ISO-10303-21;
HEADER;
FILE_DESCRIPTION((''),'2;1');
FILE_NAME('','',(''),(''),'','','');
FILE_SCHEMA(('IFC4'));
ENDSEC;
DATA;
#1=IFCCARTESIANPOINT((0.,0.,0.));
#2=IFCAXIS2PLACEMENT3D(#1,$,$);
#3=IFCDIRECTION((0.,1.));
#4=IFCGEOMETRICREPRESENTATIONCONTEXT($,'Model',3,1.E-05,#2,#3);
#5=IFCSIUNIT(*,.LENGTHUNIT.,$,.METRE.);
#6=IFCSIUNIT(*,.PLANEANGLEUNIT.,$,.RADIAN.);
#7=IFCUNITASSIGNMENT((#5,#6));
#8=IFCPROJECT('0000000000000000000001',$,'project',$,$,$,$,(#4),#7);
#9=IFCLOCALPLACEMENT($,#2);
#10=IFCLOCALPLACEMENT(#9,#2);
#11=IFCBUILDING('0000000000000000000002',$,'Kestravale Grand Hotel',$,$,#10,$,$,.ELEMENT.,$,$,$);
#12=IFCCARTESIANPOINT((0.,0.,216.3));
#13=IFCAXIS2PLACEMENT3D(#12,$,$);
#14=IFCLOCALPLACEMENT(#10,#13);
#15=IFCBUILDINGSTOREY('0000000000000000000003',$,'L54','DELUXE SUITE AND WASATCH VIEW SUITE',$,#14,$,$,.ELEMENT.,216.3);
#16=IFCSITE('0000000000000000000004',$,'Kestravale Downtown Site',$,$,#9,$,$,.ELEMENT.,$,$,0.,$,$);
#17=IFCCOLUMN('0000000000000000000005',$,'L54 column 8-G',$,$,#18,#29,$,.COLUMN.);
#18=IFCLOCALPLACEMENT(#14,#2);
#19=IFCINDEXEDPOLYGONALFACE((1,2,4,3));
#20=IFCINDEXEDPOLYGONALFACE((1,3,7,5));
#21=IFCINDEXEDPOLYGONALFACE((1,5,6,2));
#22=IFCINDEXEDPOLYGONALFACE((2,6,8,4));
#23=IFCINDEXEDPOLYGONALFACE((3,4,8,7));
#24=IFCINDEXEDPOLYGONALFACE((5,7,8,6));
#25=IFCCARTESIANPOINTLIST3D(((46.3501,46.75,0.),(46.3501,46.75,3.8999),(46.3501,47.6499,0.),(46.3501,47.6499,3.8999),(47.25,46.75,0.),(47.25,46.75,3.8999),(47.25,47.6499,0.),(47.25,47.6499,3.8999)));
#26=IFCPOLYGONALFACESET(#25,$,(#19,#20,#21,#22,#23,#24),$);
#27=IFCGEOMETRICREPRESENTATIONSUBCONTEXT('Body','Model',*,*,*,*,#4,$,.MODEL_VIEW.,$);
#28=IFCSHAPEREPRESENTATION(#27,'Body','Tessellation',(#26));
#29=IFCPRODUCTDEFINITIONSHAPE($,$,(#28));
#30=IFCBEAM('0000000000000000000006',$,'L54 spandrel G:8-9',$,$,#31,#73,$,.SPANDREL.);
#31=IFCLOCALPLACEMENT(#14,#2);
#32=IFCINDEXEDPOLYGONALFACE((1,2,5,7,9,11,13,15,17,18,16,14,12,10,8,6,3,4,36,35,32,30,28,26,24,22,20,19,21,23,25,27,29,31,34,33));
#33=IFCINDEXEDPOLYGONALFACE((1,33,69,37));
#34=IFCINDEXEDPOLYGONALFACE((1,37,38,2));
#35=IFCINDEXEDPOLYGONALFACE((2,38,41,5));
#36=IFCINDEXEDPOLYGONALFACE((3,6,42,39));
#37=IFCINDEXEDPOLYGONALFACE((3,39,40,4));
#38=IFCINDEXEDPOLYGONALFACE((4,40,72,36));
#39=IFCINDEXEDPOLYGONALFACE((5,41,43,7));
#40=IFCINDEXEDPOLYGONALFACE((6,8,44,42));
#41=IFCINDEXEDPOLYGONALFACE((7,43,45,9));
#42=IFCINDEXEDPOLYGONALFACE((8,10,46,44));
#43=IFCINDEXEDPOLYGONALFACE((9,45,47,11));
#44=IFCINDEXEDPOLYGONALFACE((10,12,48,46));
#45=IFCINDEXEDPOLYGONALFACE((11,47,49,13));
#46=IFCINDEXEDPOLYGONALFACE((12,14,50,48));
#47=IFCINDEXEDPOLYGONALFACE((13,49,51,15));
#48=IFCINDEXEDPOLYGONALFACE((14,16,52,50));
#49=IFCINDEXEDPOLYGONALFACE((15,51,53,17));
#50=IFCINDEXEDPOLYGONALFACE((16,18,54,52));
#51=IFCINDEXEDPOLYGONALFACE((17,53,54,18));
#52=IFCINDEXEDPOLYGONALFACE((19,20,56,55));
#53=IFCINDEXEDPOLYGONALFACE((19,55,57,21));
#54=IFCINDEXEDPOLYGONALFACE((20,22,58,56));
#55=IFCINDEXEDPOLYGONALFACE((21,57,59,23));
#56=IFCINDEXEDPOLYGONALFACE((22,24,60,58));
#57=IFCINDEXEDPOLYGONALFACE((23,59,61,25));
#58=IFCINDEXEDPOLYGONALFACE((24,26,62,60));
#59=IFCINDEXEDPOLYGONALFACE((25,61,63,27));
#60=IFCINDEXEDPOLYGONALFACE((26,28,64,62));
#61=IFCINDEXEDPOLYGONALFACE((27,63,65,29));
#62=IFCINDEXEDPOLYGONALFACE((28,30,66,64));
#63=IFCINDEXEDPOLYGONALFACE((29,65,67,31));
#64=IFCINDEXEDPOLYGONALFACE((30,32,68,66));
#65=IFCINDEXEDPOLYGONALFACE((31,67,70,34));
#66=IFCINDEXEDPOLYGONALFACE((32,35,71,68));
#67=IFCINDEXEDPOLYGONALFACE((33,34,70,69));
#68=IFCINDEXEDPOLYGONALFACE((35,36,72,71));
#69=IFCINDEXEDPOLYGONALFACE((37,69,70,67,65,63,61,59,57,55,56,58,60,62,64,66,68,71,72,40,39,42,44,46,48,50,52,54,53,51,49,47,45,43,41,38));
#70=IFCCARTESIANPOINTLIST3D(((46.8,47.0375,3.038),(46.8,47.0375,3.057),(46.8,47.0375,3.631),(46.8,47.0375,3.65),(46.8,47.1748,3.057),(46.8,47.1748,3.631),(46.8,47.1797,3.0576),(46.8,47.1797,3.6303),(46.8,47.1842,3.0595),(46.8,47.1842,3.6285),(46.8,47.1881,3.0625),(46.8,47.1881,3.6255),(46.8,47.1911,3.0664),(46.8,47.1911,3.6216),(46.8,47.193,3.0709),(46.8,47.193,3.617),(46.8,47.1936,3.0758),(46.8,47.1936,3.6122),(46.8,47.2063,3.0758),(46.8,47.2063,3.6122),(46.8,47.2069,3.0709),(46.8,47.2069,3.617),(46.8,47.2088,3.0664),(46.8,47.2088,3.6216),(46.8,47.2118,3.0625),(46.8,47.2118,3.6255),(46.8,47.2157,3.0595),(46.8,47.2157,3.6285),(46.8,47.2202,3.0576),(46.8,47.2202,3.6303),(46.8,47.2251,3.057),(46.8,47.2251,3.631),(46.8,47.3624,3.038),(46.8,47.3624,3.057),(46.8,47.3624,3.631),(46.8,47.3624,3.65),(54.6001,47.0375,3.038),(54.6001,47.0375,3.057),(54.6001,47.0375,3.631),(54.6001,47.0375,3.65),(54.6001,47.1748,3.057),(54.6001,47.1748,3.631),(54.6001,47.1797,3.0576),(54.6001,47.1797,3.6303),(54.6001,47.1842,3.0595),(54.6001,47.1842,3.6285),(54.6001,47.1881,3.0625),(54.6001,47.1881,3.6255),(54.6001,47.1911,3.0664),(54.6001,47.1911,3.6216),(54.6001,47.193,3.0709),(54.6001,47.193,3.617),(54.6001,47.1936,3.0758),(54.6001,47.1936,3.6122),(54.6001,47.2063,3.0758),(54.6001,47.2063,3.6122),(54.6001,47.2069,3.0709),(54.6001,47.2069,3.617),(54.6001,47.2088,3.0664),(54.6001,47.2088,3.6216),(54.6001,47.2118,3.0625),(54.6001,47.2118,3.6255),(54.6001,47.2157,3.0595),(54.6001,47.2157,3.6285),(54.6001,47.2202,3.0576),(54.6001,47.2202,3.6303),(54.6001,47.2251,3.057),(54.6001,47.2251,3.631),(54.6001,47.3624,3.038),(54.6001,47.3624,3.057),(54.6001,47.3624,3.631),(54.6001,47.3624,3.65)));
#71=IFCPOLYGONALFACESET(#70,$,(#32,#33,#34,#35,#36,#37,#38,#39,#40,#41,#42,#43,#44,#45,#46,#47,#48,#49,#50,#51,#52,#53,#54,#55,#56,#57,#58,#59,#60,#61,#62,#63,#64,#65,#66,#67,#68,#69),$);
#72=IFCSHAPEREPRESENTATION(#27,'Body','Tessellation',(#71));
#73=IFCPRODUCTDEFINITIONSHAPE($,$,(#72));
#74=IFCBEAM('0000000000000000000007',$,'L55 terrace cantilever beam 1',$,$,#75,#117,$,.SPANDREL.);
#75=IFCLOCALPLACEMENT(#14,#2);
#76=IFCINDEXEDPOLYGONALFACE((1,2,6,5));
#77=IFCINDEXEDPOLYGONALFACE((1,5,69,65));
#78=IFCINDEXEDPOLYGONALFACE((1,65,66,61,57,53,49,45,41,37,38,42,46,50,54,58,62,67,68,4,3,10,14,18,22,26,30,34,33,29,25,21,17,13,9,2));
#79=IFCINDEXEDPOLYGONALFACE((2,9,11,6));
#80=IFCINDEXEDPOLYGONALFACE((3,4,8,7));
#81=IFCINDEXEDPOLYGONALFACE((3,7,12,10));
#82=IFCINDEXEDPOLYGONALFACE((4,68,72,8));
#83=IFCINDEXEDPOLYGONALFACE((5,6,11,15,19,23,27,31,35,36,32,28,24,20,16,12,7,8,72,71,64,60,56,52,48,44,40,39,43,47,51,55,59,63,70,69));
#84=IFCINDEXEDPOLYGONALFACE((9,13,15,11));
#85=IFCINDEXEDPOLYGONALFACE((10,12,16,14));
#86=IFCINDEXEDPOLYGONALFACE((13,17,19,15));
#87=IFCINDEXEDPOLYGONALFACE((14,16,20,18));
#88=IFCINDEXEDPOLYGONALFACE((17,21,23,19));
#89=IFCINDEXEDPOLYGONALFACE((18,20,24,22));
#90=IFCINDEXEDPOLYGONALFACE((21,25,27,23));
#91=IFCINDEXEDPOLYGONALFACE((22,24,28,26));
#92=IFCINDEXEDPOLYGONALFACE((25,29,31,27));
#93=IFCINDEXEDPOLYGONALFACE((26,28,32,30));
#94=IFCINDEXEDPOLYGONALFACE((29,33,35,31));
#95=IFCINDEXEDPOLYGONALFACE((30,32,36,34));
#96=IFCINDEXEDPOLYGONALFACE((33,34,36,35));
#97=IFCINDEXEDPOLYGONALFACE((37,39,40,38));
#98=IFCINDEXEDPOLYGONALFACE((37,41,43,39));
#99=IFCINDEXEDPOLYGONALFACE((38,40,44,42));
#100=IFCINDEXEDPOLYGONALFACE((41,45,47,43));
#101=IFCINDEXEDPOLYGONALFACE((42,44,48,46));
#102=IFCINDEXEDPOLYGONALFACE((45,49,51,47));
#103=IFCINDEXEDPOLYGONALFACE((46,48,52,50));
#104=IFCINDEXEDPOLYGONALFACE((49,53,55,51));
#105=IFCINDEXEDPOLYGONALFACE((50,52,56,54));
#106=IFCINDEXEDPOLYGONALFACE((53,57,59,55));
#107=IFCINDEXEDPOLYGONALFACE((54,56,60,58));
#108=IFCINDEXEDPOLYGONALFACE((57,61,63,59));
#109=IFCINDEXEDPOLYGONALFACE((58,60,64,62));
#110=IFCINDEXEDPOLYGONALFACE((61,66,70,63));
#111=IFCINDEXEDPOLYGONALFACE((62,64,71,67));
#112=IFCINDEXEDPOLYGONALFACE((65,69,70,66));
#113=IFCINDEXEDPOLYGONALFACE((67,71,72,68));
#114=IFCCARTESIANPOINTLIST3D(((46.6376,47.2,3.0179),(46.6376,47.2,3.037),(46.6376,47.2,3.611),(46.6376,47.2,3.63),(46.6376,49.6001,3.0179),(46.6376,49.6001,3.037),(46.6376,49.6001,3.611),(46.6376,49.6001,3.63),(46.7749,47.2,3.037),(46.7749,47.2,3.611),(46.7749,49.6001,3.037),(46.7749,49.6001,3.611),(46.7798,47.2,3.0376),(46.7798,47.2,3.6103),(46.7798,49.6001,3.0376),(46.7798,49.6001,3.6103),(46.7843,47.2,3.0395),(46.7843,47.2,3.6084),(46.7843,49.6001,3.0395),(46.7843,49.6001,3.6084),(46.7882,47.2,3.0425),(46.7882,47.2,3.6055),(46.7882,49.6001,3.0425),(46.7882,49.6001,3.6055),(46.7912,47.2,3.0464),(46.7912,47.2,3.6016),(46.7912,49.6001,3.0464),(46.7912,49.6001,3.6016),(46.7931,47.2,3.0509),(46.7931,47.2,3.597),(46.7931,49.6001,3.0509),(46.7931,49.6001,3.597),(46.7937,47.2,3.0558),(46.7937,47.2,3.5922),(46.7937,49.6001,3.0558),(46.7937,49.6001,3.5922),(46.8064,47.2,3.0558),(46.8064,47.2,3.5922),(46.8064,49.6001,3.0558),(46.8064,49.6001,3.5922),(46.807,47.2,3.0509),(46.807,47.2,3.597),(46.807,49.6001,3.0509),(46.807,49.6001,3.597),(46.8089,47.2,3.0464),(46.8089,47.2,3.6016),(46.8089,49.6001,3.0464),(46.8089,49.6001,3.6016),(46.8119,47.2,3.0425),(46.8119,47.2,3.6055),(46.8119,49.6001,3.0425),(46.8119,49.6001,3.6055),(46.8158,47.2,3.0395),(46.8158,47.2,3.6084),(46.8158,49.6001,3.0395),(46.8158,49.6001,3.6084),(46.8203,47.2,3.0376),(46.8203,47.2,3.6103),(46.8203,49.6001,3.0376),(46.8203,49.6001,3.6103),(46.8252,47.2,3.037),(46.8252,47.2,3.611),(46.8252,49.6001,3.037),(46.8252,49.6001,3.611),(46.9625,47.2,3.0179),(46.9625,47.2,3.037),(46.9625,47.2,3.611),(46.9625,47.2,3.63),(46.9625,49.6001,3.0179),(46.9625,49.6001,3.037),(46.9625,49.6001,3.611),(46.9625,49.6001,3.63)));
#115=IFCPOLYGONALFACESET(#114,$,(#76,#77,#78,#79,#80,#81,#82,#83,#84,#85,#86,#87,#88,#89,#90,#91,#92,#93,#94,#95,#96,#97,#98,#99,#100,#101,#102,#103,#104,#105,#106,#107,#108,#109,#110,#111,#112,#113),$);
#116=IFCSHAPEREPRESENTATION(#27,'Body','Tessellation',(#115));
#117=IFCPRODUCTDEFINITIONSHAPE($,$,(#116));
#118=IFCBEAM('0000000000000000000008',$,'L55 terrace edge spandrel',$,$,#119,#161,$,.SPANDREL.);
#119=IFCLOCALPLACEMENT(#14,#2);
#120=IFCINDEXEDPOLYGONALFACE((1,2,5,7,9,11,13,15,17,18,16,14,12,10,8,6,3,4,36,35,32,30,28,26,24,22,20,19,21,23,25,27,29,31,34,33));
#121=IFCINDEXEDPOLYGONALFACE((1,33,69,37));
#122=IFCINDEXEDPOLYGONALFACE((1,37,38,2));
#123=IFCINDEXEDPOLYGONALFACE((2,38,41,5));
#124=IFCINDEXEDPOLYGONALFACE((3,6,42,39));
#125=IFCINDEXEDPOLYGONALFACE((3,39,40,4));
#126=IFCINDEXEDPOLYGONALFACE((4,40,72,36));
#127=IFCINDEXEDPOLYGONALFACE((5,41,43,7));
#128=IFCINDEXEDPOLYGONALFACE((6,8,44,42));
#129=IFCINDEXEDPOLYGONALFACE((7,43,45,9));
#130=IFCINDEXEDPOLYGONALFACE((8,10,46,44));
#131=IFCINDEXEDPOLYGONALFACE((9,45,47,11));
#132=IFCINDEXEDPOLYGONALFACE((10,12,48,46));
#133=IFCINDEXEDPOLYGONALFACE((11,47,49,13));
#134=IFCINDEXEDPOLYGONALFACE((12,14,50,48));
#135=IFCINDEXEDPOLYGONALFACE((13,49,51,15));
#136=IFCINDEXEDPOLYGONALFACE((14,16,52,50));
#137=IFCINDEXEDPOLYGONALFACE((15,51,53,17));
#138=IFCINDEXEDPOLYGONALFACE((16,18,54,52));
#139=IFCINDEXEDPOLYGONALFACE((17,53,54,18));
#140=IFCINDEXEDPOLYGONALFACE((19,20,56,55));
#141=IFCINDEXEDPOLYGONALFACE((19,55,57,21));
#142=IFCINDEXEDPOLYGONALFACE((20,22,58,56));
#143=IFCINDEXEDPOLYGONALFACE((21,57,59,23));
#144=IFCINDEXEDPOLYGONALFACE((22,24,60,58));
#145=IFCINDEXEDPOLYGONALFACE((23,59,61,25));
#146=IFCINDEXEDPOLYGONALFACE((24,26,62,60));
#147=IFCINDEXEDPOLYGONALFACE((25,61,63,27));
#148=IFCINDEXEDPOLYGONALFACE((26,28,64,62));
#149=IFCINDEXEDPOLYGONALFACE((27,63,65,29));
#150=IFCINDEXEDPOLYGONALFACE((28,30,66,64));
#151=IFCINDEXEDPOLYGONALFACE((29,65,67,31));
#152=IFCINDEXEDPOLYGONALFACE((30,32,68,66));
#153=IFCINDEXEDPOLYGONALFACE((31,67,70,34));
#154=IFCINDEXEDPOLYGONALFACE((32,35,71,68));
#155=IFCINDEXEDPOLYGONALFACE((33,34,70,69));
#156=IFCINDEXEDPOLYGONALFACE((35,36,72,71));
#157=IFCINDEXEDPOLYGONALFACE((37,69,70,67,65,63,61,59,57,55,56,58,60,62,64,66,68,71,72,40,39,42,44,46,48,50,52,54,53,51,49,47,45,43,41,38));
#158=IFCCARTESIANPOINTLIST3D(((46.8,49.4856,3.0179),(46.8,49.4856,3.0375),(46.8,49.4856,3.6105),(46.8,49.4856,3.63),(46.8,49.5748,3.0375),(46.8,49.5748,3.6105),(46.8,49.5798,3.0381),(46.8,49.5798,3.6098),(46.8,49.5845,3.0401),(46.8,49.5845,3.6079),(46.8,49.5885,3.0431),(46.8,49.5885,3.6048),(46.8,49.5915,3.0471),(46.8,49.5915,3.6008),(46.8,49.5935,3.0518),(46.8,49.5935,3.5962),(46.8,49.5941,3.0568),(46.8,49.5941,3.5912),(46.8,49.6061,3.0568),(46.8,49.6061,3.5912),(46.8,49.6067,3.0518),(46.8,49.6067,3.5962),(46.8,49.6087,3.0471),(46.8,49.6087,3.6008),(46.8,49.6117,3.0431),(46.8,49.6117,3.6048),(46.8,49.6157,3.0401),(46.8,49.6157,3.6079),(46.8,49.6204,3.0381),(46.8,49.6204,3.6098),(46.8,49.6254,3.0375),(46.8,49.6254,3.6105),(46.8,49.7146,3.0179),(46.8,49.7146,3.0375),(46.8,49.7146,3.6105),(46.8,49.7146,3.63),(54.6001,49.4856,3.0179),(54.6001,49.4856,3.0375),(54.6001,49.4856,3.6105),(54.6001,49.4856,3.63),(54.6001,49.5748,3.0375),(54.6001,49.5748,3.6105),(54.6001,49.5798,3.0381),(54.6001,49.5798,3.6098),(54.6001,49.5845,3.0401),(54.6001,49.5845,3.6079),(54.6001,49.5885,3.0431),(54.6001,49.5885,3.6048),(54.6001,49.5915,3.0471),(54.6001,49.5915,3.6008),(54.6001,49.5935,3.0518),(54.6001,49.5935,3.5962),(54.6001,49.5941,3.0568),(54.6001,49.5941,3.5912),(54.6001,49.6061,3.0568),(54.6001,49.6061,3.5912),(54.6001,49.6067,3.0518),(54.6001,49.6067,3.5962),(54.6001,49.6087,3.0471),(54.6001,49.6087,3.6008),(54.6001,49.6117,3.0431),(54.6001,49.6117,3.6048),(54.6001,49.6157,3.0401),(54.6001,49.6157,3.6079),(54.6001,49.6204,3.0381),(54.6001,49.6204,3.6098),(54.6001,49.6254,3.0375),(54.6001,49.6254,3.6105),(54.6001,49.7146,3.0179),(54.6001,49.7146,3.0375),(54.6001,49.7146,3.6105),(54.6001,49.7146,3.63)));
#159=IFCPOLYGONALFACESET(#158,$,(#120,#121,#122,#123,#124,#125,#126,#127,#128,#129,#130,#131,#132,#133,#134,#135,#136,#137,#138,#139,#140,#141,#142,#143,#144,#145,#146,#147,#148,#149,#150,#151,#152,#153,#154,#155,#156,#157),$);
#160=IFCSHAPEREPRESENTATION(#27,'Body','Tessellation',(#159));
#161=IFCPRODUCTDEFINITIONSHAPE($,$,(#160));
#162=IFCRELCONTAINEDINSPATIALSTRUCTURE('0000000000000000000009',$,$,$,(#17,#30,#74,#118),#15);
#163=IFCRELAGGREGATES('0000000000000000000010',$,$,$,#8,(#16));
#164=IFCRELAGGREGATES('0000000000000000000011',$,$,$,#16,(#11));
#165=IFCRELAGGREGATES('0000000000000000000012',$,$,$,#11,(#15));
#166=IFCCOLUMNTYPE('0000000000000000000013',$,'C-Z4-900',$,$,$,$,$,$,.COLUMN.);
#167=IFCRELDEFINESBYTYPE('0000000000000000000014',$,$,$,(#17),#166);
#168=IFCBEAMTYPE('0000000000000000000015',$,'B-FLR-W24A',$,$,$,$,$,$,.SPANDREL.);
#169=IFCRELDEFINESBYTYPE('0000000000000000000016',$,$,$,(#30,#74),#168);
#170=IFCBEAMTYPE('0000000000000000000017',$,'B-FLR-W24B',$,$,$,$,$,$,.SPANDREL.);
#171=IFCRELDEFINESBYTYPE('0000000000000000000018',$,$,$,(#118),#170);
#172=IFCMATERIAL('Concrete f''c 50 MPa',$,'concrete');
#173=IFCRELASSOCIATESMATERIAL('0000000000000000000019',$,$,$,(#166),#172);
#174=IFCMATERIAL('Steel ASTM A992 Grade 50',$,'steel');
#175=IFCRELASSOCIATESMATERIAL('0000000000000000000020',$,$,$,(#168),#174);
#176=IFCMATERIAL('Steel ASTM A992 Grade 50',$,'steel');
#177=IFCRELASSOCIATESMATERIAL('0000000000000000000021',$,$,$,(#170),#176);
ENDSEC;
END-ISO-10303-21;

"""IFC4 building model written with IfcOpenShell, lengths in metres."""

from ifc_helpers import new_model, si_unit, direction, frame, origin, origin_2d, place, context, subcontext, project, spatial, rectangle, i_section, extrude, material, material_profile, profile_set, type_object, element, save


model = new_model("IFC4")

# Units and contexts
model_context = context("Model", 3, precision=1e-05, world=origin(), true_north=direction((0.0, 1.0)))
body_context = subcontext(model_context, "Body", "Model", "MODEL_VIEW")
ifc_project = project(units=[si_unit("LENGTHUNIT", "METRE"), si_unit("PLANEANGLEUNIT", "RADIAN")], contexts=[model_context])

# Site, building, storey
site_placement = place(None, origin())
site = spatial("IfcSite", under=ifc_project, at=site_placement, Name="Kestravale Downtown Site", CompositionType="ELEMENT", RefElevation=0.0)
building_placement = place(site_placement, origin())
building = spatial("IfcBuilding", under=site, at=building_placement, Name="Kestravale Grand Hotel", CompositionType="ELEMENT")
storey_placement = place(building_placement, frame((0.0, 0.0, 216.3)))
storey = spatial("IfcBuildingStorey", under=building, at=storey_placement, Name="L54", Description="DELUXE SUITE AND WASATCH VIEW SUITE", CompositionType="ELEMENT", Elevation=216.3)

# Column
ifc_material_1 = material(Name="Concrete f'c 50 MPa", Category="concrete")
ifc_material_profile_1 = material_profile(ifc_material_1, rectangle(XDim=0.8999, YDim=0.8999, at=origin_2d()))
ifc_profile_set_1 = profile_set([ifc_material_profile_1], Name="Concrete f'c 50 MPa")
column_type = type_object("IfcColumnType", Name="C-Z4-900", PredefinedType="COLUMN", material=ifc_profile_set_1)
column_placement = place(storey_placement, frame((46.8, 47.2, 0.0), z_axis=(0.0, 0.0, 1.0), x_axis=(1.0, 0.0, 0.0)))
element("IfcColumn", 1, at=column_placement, inside=storey, type_object=column_type, Name="L54 column 8-G", PredefinedType="COLUMN", context=body_context, shape_type="SweptSolid", body=[
    extrude(rectangle(XDim=0.8999, YDim=0.8999, at=origin_2d()), origin(), (0.0, 0.0, 1.0), 3.8999),
])

# Beams
ifc_material_2 = material(Name="Steel ASTM A992 Grade 50", Category="steel")
ifc_material_profile_2 = material_profile(ifc_material_2, i_section(OverallWidth=0.325, OverallDepth=0.6121, WebThickness=0.0127, FlangeThickness=0.019, FilletRadius=0.0188, at=origin_2d()))
ifc_profile_set_2 = profile_set([ifc_material_profile_2], Name="Steel ASTM A992 Grade 50")
beam_type_1 = type_object("IfcBeamType", Name="B-FLR-W24A", PredefinedType="SPANDREL", material=ifc_profile_set_2)
beam_1_placement = place(storey_placement, frame((46.8, 47.2, 3.344), z_axis=(1.0, 0.0, 0.0), x_axis=(0.0, 1.0, 0.0)))
element("IfcBeam", 2, at=beam_1_placement, inside=storey, type_object=beam_type_1, Name="L54 spandrel G:8-9", PredefinedType="SPANDREL", context=body_context, shape_type="SweptSolid", body=[
    extrude(i_section(OverallWidth=0.325, OverallDepth=0.6121, WebThickness=0.0127, FlangeThickness=0.019, FilletRadius=0.0188, at=origin_2d()), origin(), (0.0, 0.0, 1.0), 7.8),
])
beam_2_placement = place(storey_placement, frame((46.8, 47.2, 3.324), z_axis=(0.0, 1.0, 0.0), x_axis=(-1.0, 0.0, 0.0)))
element("IfcBeam", 3, at=beam_2_placement, inside=storey, type_object=beam_type_1, Name="L55 terrace cantilever beam 1", PredefinedType="SPANDREL", context=body_context, shape_type="SweptSolid", body=[
    extrude(i_section(OverallWidth=0.325, OverallDepth=0.6121, WebThickness=0.0127, FlangeThickness=0.019, FilletRadius=0.0188, at=origin_2d()), origin(), (0.0, 0.0, 1.0), 2.4001),
])
ifc_material_3 = material(Name="Steel ASTM A992 Grade 50", Category="steel")
ifc_material_profile_3 = material_profile(ifc_material_3, i_section(OverallWidth=0.229, OverallDepth=0.6121, WebThickness=0.012, FlangeThickness=0.0195, FilletRadius=0.0193, at=origin_2d()))
ifc_profile_set_3 = profile_set([ifc_material_profile_3], Name="Steel ASTM A992 Grade 50")
beam_type_2 = type_object("IfcBeamType", Name="B-FLR-W24B", PredefinedType="SPANDREL", material=ifc_profile_set_3)
beam_3_placement = place(storey_placement, frame((46.8, 49.6001, 3.324), z_axis=(1.0, 0.0, 0.0), x_axis=(0.0, 1.0, 0.0)))
element("IfcBeam", 4, at=beam_3_placement, inside=storey, type_object=beam_type_2, Name="L55 terrace edge spandrel", PredefinedType="SPANDREL", context=body_context, shape_type="SweptSolid", body=[
    extrude(i_section(OverallWidth=0.229, OverallDepth=0.6121, WebThickness=0.012, FlangeThickness=0.0195, FilletRadius=0.0193, at=origin_2d()), origin(), (0.0, 0.0, 1.0), 7.8),
])

save(model, "model.ifc")
